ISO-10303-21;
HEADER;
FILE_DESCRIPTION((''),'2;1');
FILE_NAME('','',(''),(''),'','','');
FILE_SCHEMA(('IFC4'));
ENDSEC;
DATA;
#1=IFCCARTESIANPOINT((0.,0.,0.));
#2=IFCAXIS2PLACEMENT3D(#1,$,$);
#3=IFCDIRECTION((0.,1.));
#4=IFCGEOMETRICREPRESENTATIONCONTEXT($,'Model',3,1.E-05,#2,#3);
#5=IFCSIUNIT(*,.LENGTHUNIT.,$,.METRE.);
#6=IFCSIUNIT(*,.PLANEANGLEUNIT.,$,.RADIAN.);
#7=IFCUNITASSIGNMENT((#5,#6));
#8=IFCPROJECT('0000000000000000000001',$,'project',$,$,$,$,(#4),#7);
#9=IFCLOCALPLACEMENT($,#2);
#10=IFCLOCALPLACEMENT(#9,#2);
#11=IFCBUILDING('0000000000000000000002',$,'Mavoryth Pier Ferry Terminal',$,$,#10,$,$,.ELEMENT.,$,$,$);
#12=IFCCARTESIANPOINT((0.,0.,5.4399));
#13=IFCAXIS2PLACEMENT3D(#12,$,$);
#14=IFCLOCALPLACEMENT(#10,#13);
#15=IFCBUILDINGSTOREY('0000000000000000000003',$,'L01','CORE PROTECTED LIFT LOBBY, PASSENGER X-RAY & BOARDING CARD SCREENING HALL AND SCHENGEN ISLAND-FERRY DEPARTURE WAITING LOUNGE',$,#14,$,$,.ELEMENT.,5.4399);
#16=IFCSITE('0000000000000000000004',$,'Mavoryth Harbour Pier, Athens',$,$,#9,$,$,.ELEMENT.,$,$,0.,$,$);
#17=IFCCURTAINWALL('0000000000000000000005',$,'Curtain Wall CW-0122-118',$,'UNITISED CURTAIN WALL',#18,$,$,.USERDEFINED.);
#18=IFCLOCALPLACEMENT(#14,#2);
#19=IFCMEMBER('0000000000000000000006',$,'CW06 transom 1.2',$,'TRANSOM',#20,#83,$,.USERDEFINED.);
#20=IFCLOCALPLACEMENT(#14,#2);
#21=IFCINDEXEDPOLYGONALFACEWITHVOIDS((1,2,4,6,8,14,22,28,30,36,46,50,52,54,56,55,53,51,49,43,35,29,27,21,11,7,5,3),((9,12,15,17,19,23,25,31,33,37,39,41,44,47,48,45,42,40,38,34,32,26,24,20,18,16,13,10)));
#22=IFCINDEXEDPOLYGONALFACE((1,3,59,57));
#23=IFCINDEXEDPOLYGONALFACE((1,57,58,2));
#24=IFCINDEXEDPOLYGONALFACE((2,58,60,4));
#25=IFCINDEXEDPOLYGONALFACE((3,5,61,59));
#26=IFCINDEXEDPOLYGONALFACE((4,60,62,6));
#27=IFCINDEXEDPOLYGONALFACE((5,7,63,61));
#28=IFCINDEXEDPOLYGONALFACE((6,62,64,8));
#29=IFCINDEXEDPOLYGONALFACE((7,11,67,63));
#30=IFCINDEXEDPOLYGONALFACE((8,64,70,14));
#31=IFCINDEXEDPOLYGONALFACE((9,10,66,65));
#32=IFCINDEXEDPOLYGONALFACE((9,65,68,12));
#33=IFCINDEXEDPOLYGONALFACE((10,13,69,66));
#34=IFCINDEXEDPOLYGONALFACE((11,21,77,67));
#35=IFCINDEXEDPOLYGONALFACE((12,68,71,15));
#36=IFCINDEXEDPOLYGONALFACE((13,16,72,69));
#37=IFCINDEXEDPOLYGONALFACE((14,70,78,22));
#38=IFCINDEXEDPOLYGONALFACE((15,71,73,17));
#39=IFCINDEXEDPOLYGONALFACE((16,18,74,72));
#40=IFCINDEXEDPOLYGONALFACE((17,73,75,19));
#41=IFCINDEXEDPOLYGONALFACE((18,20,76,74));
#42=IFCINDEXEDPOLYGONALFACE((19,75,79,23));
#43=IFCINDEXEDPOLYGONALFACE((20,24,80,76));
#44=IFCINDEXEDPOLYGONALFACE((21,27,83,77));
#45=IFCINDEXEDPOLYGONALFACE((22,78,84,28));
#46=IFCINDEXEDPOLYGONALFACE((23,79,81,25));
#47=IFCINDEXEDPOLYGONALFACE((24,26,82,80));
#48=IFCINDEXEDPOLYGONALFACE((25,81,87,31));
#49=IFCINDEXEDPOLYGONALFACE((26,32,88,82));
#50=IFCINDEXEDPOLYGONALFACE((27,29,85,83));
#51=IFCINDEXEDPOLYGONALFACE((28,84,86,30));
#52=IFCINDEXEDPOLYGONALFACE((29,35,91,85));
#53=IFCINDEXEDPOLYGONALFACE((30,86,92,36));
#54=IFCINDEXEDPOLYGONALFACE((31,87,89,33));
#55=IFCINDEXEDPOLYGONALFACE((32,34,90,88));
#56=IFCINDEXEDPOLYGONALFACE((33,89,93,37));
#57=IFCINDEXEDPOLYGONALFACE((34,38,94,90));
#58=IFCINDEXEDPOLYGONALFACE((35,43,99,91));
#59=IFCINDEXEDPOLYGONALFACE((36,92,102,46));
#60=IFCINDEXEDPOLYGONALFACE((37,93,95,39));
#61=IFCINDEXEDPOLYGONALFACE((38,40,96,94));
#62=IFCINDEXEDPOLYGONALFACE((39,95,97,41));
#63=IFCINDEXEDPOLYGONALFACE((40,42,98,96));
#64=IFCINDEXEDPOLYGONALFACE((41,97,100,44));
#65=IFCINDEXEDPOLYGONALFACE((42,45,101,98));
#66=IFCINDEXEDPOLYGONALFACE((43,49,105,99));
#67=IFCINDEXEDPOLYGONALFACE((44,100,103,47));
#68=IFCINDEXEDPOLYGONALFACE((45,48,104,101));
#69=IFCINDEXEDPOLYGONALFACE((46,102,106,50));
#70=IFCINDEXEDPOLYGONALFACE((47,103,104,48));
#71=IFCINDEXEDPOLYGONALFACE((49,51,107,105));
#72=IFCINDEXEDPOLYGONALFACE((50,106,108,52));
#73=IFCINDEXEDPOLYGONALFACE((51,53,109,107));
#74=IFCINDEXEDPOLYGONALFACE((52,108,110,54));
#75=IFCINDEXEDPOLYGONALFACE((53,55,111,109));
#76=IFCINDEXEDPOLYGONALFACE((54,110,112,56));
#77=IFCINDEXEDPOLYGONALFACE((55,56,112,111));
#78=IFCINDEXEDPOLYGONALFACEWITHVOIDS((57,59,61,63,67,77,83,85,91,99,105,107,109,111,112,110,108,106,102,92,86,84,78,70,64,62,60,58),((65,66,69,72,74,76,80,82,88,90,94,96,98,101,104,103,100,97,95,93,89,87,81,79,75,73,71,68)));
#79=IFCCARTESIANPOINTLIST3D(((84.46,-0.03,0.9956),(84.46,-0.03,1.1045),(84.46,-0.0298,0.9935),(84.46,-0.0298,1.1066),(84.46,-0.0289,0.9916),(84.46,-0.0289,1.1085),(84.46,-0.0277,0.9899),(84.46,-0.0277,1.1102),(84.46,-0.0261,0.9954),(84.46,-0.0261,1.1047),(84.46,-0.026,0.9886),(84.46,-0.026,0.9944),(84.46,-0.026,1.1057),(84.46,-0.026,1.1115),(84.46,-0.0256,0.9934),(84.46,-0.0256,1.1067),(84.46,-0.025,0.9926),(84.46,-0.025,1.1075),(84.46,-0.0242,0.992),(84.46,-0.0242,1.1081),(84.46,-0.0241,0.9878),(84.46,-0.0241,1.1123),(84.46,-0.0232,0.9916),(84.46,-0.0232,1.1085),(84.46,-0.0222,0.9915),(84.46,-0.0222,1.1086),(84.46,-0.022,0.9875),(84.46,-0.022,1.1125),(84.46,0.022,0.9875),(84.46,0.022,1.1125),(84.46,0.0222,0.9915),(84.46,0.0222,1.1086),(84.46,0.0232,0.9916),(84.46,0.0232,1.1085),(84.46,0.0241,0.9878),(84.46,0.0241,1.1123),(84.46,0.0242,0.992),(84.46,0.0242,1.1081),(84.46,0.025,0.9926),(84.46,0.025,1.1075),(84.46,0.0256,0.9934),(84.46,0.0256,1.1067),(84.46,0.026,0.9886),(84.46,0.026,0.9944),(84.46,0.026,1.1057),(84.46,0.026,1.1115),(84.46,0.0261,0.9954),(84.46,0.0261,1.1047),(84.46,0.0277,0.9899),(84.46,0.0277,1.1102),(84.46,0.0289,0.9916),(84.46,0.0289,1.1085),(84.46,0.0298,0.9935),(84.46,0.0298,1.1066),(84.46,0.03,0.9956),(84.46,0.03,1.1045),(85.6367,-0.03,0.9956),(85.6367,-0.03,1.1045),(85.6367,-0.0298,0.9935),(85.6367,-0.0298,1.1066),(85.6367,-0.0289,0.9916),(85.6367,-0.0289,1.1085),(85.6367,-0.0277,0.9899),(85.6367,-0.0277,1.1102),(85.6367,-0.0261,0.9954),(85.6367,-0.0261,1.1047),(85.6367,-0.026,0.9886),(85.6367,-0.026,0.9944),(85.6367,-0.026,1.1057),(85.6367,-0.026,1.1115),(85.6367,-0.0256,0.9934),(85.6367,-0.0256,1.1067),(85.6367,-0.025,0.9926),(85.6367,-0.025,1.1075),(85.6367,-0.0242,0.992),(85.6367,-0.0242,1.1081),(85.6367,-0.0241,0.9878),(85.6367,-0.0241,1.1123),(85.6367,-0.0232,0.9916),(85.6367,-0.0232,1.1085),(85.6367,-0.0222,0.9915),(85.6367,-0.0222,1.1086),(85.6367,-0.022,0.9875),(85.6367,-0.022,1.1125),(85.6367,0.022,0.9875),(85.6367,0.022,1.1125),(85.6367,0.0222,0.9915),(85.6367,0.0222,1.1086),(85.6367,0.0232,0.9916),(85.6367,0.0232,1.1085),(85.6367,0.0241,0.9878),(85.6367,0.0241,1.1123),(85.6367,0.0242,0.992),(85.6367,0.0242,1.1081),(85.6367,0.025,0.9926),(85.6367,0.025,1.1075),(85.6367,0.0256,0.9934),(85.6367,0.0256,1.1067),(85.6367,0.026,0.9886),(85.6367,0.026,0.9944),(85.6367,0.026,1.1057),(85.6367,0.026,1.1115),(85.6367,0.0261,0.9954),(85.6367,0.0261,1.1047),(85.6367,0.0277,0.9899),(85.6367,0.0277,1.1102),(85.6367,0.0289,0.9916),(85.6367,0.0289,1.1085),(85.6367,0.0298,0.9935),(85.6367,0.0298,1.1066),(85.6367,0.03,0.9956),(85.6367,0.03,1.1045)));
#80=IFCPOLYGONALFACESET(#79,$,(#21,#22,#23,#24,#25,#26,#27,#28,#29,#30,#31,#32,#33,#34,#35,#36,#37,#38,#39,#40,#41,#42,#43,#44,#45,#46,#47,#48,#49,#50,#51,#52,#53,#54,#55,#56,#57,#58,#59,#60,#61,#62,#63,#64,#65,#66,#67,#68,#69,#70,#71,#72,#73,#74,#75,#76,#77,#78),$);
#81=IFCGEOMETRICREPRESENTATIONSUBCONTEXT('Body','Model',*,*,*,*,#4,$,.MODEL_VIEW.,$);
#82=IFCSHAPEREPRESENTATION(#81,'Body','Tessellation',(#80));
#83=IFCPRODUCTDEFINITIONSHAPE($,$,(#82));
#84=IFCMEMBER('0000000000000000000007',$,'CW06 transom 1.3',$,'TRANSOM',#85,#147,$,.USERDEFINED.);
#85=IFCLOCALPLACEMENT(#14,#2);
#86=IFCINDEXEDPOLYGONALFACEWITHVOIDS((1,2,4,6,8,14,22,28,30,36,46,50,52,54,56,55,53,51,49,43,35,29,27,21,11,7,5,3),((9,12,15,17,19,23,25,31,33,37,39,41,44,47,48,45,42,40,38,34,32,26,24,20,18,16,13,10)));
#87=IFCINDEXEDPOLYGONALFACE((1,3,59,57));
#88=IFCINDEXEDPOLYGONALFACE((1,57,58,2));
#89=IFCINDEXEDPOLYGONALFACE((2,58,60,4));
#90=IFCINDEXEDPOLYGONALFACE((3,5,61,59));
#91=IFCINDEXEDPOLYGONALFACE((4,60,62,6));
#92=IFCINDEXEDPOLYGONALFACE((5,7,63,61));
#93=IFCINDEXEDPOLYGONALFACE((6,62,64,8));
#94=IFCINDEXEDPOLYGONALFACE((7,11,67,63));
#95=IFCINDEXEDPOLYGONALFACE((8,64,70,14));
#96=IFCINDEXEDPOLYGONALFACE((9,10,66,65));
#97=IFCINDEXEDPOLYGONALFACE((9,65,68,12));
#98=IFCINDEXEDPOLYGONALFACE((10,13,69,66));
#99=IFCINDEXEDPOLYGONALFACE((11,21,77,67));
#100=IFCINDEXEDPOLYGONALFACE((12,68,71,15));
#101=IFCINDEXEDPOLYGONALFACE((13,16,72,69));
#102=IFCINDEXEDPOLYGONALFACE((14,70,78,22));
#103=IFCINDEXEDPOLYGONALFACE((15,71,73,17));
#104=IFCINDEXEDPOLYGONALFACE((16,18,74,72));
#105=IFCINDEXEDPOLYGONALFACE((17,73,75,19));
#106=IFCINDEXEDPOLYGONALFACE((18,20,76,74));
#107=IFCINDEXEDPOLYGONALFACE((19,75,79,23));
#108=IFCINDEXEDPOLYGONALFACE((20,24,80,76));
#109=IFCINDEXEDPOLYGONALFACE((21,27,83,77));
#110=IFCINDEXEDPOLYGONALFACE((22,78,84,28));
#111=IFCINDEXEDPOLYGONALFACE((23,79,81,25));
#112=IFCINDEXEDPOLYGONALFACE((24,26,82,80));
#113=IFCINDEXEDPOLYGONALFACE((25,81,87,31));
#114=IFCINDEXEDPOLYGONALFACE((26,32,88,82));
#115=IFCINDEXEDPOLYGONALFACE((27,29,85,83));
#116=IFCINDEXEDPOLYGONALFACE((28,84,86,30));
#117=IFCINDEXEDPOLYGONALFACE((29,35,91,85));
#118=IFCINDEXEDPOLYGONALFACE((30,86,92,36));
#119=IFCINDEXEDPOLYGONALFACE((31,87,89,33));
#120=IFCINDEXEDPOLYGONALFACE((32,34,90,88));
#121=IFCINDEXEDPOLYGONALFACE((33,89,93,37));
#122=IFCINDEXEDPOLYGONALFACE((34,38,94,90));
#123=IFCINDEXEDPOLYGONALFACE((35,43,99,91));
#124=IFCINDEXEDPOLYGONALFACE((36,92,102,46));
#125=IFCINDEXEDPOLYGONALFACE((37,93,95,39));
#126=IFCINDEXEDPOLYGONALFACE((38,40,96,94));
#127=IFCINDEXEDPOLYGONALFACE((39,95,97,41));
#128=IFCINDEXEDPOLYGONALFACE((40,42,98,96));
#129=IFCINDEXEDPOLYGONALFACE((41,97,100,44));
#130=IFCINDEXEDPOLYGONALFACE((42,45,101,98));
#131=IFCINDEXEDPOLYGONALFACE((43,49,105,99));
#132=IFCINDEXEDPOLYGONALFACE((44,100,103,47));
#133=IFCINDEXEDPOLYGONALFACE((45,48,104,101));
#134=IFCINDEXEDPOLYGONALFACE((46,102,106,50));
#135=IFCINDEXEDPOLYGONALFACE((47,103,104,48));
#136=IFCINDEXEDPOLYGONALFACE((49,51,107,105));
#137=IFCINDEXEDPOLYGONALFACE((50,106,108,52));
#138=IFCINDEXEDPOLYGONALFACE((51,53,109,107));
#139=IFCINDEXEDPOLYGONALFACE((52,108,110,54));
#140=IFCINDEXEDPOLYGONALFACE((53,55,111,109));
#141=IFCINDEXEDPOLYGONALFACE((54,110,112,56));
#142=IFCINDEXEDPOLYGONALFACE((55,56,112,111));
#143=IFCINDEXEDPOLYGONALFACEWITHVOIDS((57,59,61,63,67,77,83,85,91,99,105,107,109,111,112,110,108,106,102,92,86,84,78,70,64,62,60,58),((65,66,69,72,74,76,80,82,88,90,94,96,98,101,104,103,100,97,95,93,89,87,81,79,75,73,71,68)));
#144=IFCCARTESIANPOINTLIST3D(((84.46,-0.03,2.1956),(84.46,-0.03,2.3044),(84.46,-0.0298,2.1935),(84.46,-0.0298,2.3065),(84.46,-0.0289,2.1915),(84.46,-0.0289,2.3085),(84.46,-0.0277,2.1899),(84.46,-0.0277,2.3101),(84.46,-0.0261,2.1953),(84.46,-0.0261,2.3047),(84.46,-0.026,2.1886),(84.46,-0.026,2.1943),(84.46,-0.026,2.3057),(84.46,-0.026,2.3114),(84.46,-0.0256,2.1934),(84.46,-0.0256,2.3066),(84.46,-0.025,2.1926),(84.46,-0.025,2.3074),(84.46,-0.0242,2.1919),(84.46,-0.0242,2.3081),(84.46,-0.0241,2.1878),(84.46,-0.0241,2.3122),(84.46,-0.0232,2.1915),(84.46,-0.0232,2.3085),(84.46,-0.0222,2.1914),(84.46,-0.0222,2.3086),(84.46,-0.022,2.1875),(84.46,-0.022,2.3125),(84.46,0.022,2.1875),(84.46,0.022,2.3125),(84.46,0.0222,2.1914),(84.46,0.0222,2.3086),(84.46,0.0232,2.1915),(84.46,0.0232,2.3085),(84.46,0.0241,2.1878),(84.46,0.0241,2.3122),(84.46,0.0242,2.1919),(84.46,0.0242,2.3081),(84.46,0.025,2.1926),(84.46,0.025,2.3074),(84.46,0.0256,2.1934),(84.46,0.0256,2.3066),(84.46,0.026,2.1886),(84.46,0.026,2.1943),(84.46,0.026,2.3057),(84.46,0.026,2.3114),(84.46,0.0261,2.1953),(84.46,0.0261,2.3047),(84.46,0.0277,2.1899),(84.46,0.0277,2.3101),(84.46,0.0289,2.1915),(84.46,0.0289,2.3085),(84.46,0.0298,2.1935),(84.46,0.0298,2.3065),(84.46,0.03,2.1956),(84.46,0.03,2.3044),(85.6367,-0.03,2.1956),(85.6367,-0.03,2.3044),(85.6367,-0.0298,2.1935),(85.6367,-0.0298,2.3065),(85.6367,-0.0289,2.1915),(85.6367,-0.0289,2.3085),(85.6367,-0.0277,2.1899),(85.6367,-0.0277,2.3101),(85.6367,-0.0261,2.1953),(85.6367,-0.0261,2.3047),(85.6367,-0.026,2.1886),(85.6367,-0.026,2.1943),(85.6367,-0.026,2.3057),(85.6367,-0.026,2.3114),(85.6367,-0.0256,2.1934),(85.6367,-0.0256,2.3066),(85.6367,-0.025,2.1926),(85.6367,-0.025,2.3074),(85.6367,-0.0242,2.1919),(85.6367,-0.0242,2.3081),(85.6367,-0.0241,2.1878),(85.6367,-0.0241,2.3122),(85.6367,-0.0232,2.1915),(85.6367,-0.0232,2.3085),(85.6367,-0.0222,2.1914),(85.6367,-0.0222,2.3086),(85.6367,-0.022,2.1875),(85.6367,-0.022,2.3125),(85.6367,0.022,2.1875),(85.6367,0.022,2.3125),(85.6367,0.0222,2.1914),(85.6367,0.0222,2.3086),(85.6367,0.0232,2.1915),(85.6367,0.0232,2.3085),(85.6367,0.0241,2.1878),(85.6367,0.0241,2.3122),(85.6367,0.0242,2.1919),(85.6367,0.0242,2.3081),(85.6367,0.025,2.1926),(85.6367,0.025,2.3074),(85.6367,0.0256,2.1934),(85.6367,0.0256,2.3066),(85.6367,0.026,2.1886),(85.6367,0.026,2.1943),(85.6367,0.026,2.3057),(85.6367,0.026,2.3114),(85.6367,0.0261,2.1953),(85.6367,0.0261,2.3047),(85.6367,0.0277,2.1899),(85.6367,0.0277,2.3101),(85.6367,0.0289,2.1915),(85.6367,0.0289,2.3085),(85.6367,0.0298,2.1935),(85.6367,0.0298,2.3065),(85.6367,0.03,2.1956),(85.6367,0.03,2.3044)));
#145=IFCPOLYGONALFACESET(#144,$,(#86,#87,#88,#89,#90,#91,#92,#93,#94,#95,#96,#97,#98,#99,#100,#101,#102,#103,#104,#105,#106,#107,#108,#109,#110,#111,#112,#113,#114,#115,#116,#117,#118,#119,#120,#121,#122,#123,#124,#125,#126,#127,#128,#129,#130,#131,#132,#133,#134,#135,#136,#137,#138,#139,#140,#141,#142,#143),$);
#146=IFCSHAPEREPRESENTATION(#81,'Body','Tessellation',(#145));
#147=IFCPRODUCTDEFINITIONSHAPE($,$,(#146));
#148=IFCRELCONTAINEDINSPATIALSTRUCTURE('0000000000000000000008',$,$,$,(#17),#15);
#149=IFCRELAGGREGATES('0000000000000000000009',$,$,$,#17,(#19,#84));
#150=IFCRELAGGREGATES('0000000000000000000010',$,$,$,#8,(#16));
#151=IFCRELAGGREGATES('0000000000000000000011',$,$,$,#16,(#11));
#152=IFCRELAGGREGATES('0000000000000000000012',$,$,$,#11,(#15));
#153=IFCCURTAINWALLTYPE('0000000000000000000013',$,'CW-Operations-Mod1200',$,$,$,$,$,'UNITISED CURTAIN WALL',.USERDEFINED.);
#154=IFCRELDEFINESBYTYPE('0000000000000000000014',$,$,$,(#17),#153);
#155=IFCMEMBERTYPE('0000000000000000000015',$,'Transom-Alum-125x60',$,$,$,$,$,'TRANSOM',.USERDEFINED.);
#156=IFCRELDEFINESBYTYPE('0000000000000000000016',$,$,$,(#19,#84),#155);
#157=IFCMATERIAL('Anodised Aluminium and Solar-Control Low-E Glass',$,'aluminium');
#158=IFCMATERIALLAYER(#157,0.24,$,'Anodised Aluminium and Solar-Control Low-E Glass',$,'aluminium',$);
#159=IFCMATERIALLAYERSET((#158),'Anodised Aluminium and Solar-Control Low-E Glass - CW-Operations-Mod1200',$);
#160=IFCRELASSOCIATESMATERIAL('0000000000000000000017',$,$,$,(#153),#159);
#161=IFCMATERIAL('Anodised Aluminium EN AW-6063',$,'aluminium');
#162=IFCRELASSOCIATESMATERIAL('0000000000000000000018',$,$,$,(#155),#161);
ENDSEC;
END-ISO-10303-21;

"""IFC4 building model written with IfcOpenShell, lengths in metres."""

from ifc_helpers import new_model, si_unit, direction, frame, origin, origin_2d, place, context, subcontext, project, spatial, hollow_rectangle, extrude, material, layer, layer_set, material_profile, profile_set, type_object, element, aggregate, save


model = new_model("IFC4")

# Units and contexts
model_context = context("Model", 3, precision=1e-05, world=origin(), true_north=direction((0.0, 1.0)))
body_context = subcontext(model_context, "Body", "Model", "MODEL_VIEW")
ifc_project = project(units=[si_unit("LENGTHUNIT", "METRE"), si_unit("PLANEANGLEUNIT", "RADIAN")], contexts=[model_context])

# Site, building, storey
site_placement = place(None, origin())
site = spatial("IfcSite", under=ifc_project, at=site_placement, Name="Mavoryth Harbour Pier, Athens", CompositionType="ELEMENT", RefElevation=0.0)
building_placement = place(site_placement, origin())
building = spatial("IfcBuilding", under=site, at=building_placement, Name="Mavoryth Pier Ferry Terminal", CompositionType="ELEMENT")
storey_placement = place(building_placement, frame((0.0, 0.0, 5.4399)))
storey = spatial("IfcBuildingStorey", under=building, at=storey_placement, Name="L01", Description="CORE PROTECTED LIFT LOBBY, PASSENGER X-RAY & BOARDING CARD SCREENING HALL AND SCHENGEN ISLAND-FERRY DEPARTURE WAITING LOUNGE", CompositionType="ELEMENT", Elevation=5.4399)

# Curtain wall
ifc_material_1 = material(Name="Anodised Aluminium and Solar-Control Low-E Glass", Category="aluminium")
ifc_layer_1 = layer(ifc_material_1, 0.24, Name="Anodised Aluminium and Solar-Control Low-E Glass", Category="aluminium")
ifc_layer_set_1 = layer_set([ifc_layer_1], Name="Anodised Aluminium and Solar-Control Low-E Glass - CW-Operations-Mod1200")
curtain_wall_type = type_object("IfcCurtainWallType", Name="CW-Operations-Mod1200", ElementType="UNITISED CURTAIN WALL", PredefinedType="USERDEFINED", material=ifc_layer_set_1)
ifc_material_2 = material(Name="Anodised Aluminium EN AW-6063", Category="aluminium")
curtain_wall_1_placement = place(storey_placement, origin())
curtain_wall_1 = element("IfcCurtainWall", 1, at=curtain_wall_1_placement, inside=storey, type_object=curtain_wall_type, Name="Curtain Wall CW-0122-118", ObjectType="UNITISED CURTAIN WALL", PredefinedType="USERDEFINED")

# Members
ifc_material_profile_1 = material_profile(ifc_material_2, hollow_rectangle(XDim=0.0601, YDim=0.125, WallThickness=0.0039, InnerFilletRadius=0.0039, OuterFilletRadius=0.0081, at=origin_2d()), Name="AL-TRAN 125x60x4", Category="aluminium")
ifc_profile_set_1 = profile_set([ifc_material_profile_1], Name="Anodised Aluminium EN AW-6063 - AL-TRAN 125x60x4")
member_type_1 = type_object("IfcMemberType", Name="Transom-Alum-125x60", ElementType="TRANSOM", PredefinedType="USERDEFINED", material=ifc_profile_set_1)
member_1_placement = place(storey_placement, frame((84.46, 0.0, 1.05), z_axis=(1.0, 0.0, 0.0), x_axis=(0.0, 1.0, 0.0)))
member_1 = element("IfcMember", 2, at=member_1_placement, type_object=member_type_1, Name="CW06 transom 1.2", ObjectType="TRANSOM", PredefinedType="USERDEFINED", context=body_context, shape_type="SweptSolid", body=[
    extrude(hollow_rectangle(XDim=0.0601, YDim=0.125, WallThickness=0.0039, InnerFilletRadius=0.0039, OuterFilletRadius=0.0081, at=origin_2d()), origin(), (0.0, 0.0, 1.0), 1.1768),
])
member_2_placement = place(storey_placement, frame((84.46, 0.0, 2.25), z_axis=(1.0, 0.0, 0.0), x_axis=(0.0, 1.0, 0.0)))
member_2 = element("IfcMember", 3, at=member_2_placement, type_object=member_type_1, Name="CW06 transom 1.3", ObjectType="TRANSOM", PredefinedType="USERDEFINED", context=body_context, shape_type="SweptSolid", body=[
    extrude(hollow_rectangle(XDim=0.0601, YDim=0.125, WallThickness=0.0039, InnerFilletRadius=0.0039, OuterFilletRadius=0.0081, at=origin_2d()), origin(), (0.0, 0.0, 1.0), 1.1768),
])

aggregate(curtain_wall_1, [member_1, member_2])

save(model, "model.ifc")
